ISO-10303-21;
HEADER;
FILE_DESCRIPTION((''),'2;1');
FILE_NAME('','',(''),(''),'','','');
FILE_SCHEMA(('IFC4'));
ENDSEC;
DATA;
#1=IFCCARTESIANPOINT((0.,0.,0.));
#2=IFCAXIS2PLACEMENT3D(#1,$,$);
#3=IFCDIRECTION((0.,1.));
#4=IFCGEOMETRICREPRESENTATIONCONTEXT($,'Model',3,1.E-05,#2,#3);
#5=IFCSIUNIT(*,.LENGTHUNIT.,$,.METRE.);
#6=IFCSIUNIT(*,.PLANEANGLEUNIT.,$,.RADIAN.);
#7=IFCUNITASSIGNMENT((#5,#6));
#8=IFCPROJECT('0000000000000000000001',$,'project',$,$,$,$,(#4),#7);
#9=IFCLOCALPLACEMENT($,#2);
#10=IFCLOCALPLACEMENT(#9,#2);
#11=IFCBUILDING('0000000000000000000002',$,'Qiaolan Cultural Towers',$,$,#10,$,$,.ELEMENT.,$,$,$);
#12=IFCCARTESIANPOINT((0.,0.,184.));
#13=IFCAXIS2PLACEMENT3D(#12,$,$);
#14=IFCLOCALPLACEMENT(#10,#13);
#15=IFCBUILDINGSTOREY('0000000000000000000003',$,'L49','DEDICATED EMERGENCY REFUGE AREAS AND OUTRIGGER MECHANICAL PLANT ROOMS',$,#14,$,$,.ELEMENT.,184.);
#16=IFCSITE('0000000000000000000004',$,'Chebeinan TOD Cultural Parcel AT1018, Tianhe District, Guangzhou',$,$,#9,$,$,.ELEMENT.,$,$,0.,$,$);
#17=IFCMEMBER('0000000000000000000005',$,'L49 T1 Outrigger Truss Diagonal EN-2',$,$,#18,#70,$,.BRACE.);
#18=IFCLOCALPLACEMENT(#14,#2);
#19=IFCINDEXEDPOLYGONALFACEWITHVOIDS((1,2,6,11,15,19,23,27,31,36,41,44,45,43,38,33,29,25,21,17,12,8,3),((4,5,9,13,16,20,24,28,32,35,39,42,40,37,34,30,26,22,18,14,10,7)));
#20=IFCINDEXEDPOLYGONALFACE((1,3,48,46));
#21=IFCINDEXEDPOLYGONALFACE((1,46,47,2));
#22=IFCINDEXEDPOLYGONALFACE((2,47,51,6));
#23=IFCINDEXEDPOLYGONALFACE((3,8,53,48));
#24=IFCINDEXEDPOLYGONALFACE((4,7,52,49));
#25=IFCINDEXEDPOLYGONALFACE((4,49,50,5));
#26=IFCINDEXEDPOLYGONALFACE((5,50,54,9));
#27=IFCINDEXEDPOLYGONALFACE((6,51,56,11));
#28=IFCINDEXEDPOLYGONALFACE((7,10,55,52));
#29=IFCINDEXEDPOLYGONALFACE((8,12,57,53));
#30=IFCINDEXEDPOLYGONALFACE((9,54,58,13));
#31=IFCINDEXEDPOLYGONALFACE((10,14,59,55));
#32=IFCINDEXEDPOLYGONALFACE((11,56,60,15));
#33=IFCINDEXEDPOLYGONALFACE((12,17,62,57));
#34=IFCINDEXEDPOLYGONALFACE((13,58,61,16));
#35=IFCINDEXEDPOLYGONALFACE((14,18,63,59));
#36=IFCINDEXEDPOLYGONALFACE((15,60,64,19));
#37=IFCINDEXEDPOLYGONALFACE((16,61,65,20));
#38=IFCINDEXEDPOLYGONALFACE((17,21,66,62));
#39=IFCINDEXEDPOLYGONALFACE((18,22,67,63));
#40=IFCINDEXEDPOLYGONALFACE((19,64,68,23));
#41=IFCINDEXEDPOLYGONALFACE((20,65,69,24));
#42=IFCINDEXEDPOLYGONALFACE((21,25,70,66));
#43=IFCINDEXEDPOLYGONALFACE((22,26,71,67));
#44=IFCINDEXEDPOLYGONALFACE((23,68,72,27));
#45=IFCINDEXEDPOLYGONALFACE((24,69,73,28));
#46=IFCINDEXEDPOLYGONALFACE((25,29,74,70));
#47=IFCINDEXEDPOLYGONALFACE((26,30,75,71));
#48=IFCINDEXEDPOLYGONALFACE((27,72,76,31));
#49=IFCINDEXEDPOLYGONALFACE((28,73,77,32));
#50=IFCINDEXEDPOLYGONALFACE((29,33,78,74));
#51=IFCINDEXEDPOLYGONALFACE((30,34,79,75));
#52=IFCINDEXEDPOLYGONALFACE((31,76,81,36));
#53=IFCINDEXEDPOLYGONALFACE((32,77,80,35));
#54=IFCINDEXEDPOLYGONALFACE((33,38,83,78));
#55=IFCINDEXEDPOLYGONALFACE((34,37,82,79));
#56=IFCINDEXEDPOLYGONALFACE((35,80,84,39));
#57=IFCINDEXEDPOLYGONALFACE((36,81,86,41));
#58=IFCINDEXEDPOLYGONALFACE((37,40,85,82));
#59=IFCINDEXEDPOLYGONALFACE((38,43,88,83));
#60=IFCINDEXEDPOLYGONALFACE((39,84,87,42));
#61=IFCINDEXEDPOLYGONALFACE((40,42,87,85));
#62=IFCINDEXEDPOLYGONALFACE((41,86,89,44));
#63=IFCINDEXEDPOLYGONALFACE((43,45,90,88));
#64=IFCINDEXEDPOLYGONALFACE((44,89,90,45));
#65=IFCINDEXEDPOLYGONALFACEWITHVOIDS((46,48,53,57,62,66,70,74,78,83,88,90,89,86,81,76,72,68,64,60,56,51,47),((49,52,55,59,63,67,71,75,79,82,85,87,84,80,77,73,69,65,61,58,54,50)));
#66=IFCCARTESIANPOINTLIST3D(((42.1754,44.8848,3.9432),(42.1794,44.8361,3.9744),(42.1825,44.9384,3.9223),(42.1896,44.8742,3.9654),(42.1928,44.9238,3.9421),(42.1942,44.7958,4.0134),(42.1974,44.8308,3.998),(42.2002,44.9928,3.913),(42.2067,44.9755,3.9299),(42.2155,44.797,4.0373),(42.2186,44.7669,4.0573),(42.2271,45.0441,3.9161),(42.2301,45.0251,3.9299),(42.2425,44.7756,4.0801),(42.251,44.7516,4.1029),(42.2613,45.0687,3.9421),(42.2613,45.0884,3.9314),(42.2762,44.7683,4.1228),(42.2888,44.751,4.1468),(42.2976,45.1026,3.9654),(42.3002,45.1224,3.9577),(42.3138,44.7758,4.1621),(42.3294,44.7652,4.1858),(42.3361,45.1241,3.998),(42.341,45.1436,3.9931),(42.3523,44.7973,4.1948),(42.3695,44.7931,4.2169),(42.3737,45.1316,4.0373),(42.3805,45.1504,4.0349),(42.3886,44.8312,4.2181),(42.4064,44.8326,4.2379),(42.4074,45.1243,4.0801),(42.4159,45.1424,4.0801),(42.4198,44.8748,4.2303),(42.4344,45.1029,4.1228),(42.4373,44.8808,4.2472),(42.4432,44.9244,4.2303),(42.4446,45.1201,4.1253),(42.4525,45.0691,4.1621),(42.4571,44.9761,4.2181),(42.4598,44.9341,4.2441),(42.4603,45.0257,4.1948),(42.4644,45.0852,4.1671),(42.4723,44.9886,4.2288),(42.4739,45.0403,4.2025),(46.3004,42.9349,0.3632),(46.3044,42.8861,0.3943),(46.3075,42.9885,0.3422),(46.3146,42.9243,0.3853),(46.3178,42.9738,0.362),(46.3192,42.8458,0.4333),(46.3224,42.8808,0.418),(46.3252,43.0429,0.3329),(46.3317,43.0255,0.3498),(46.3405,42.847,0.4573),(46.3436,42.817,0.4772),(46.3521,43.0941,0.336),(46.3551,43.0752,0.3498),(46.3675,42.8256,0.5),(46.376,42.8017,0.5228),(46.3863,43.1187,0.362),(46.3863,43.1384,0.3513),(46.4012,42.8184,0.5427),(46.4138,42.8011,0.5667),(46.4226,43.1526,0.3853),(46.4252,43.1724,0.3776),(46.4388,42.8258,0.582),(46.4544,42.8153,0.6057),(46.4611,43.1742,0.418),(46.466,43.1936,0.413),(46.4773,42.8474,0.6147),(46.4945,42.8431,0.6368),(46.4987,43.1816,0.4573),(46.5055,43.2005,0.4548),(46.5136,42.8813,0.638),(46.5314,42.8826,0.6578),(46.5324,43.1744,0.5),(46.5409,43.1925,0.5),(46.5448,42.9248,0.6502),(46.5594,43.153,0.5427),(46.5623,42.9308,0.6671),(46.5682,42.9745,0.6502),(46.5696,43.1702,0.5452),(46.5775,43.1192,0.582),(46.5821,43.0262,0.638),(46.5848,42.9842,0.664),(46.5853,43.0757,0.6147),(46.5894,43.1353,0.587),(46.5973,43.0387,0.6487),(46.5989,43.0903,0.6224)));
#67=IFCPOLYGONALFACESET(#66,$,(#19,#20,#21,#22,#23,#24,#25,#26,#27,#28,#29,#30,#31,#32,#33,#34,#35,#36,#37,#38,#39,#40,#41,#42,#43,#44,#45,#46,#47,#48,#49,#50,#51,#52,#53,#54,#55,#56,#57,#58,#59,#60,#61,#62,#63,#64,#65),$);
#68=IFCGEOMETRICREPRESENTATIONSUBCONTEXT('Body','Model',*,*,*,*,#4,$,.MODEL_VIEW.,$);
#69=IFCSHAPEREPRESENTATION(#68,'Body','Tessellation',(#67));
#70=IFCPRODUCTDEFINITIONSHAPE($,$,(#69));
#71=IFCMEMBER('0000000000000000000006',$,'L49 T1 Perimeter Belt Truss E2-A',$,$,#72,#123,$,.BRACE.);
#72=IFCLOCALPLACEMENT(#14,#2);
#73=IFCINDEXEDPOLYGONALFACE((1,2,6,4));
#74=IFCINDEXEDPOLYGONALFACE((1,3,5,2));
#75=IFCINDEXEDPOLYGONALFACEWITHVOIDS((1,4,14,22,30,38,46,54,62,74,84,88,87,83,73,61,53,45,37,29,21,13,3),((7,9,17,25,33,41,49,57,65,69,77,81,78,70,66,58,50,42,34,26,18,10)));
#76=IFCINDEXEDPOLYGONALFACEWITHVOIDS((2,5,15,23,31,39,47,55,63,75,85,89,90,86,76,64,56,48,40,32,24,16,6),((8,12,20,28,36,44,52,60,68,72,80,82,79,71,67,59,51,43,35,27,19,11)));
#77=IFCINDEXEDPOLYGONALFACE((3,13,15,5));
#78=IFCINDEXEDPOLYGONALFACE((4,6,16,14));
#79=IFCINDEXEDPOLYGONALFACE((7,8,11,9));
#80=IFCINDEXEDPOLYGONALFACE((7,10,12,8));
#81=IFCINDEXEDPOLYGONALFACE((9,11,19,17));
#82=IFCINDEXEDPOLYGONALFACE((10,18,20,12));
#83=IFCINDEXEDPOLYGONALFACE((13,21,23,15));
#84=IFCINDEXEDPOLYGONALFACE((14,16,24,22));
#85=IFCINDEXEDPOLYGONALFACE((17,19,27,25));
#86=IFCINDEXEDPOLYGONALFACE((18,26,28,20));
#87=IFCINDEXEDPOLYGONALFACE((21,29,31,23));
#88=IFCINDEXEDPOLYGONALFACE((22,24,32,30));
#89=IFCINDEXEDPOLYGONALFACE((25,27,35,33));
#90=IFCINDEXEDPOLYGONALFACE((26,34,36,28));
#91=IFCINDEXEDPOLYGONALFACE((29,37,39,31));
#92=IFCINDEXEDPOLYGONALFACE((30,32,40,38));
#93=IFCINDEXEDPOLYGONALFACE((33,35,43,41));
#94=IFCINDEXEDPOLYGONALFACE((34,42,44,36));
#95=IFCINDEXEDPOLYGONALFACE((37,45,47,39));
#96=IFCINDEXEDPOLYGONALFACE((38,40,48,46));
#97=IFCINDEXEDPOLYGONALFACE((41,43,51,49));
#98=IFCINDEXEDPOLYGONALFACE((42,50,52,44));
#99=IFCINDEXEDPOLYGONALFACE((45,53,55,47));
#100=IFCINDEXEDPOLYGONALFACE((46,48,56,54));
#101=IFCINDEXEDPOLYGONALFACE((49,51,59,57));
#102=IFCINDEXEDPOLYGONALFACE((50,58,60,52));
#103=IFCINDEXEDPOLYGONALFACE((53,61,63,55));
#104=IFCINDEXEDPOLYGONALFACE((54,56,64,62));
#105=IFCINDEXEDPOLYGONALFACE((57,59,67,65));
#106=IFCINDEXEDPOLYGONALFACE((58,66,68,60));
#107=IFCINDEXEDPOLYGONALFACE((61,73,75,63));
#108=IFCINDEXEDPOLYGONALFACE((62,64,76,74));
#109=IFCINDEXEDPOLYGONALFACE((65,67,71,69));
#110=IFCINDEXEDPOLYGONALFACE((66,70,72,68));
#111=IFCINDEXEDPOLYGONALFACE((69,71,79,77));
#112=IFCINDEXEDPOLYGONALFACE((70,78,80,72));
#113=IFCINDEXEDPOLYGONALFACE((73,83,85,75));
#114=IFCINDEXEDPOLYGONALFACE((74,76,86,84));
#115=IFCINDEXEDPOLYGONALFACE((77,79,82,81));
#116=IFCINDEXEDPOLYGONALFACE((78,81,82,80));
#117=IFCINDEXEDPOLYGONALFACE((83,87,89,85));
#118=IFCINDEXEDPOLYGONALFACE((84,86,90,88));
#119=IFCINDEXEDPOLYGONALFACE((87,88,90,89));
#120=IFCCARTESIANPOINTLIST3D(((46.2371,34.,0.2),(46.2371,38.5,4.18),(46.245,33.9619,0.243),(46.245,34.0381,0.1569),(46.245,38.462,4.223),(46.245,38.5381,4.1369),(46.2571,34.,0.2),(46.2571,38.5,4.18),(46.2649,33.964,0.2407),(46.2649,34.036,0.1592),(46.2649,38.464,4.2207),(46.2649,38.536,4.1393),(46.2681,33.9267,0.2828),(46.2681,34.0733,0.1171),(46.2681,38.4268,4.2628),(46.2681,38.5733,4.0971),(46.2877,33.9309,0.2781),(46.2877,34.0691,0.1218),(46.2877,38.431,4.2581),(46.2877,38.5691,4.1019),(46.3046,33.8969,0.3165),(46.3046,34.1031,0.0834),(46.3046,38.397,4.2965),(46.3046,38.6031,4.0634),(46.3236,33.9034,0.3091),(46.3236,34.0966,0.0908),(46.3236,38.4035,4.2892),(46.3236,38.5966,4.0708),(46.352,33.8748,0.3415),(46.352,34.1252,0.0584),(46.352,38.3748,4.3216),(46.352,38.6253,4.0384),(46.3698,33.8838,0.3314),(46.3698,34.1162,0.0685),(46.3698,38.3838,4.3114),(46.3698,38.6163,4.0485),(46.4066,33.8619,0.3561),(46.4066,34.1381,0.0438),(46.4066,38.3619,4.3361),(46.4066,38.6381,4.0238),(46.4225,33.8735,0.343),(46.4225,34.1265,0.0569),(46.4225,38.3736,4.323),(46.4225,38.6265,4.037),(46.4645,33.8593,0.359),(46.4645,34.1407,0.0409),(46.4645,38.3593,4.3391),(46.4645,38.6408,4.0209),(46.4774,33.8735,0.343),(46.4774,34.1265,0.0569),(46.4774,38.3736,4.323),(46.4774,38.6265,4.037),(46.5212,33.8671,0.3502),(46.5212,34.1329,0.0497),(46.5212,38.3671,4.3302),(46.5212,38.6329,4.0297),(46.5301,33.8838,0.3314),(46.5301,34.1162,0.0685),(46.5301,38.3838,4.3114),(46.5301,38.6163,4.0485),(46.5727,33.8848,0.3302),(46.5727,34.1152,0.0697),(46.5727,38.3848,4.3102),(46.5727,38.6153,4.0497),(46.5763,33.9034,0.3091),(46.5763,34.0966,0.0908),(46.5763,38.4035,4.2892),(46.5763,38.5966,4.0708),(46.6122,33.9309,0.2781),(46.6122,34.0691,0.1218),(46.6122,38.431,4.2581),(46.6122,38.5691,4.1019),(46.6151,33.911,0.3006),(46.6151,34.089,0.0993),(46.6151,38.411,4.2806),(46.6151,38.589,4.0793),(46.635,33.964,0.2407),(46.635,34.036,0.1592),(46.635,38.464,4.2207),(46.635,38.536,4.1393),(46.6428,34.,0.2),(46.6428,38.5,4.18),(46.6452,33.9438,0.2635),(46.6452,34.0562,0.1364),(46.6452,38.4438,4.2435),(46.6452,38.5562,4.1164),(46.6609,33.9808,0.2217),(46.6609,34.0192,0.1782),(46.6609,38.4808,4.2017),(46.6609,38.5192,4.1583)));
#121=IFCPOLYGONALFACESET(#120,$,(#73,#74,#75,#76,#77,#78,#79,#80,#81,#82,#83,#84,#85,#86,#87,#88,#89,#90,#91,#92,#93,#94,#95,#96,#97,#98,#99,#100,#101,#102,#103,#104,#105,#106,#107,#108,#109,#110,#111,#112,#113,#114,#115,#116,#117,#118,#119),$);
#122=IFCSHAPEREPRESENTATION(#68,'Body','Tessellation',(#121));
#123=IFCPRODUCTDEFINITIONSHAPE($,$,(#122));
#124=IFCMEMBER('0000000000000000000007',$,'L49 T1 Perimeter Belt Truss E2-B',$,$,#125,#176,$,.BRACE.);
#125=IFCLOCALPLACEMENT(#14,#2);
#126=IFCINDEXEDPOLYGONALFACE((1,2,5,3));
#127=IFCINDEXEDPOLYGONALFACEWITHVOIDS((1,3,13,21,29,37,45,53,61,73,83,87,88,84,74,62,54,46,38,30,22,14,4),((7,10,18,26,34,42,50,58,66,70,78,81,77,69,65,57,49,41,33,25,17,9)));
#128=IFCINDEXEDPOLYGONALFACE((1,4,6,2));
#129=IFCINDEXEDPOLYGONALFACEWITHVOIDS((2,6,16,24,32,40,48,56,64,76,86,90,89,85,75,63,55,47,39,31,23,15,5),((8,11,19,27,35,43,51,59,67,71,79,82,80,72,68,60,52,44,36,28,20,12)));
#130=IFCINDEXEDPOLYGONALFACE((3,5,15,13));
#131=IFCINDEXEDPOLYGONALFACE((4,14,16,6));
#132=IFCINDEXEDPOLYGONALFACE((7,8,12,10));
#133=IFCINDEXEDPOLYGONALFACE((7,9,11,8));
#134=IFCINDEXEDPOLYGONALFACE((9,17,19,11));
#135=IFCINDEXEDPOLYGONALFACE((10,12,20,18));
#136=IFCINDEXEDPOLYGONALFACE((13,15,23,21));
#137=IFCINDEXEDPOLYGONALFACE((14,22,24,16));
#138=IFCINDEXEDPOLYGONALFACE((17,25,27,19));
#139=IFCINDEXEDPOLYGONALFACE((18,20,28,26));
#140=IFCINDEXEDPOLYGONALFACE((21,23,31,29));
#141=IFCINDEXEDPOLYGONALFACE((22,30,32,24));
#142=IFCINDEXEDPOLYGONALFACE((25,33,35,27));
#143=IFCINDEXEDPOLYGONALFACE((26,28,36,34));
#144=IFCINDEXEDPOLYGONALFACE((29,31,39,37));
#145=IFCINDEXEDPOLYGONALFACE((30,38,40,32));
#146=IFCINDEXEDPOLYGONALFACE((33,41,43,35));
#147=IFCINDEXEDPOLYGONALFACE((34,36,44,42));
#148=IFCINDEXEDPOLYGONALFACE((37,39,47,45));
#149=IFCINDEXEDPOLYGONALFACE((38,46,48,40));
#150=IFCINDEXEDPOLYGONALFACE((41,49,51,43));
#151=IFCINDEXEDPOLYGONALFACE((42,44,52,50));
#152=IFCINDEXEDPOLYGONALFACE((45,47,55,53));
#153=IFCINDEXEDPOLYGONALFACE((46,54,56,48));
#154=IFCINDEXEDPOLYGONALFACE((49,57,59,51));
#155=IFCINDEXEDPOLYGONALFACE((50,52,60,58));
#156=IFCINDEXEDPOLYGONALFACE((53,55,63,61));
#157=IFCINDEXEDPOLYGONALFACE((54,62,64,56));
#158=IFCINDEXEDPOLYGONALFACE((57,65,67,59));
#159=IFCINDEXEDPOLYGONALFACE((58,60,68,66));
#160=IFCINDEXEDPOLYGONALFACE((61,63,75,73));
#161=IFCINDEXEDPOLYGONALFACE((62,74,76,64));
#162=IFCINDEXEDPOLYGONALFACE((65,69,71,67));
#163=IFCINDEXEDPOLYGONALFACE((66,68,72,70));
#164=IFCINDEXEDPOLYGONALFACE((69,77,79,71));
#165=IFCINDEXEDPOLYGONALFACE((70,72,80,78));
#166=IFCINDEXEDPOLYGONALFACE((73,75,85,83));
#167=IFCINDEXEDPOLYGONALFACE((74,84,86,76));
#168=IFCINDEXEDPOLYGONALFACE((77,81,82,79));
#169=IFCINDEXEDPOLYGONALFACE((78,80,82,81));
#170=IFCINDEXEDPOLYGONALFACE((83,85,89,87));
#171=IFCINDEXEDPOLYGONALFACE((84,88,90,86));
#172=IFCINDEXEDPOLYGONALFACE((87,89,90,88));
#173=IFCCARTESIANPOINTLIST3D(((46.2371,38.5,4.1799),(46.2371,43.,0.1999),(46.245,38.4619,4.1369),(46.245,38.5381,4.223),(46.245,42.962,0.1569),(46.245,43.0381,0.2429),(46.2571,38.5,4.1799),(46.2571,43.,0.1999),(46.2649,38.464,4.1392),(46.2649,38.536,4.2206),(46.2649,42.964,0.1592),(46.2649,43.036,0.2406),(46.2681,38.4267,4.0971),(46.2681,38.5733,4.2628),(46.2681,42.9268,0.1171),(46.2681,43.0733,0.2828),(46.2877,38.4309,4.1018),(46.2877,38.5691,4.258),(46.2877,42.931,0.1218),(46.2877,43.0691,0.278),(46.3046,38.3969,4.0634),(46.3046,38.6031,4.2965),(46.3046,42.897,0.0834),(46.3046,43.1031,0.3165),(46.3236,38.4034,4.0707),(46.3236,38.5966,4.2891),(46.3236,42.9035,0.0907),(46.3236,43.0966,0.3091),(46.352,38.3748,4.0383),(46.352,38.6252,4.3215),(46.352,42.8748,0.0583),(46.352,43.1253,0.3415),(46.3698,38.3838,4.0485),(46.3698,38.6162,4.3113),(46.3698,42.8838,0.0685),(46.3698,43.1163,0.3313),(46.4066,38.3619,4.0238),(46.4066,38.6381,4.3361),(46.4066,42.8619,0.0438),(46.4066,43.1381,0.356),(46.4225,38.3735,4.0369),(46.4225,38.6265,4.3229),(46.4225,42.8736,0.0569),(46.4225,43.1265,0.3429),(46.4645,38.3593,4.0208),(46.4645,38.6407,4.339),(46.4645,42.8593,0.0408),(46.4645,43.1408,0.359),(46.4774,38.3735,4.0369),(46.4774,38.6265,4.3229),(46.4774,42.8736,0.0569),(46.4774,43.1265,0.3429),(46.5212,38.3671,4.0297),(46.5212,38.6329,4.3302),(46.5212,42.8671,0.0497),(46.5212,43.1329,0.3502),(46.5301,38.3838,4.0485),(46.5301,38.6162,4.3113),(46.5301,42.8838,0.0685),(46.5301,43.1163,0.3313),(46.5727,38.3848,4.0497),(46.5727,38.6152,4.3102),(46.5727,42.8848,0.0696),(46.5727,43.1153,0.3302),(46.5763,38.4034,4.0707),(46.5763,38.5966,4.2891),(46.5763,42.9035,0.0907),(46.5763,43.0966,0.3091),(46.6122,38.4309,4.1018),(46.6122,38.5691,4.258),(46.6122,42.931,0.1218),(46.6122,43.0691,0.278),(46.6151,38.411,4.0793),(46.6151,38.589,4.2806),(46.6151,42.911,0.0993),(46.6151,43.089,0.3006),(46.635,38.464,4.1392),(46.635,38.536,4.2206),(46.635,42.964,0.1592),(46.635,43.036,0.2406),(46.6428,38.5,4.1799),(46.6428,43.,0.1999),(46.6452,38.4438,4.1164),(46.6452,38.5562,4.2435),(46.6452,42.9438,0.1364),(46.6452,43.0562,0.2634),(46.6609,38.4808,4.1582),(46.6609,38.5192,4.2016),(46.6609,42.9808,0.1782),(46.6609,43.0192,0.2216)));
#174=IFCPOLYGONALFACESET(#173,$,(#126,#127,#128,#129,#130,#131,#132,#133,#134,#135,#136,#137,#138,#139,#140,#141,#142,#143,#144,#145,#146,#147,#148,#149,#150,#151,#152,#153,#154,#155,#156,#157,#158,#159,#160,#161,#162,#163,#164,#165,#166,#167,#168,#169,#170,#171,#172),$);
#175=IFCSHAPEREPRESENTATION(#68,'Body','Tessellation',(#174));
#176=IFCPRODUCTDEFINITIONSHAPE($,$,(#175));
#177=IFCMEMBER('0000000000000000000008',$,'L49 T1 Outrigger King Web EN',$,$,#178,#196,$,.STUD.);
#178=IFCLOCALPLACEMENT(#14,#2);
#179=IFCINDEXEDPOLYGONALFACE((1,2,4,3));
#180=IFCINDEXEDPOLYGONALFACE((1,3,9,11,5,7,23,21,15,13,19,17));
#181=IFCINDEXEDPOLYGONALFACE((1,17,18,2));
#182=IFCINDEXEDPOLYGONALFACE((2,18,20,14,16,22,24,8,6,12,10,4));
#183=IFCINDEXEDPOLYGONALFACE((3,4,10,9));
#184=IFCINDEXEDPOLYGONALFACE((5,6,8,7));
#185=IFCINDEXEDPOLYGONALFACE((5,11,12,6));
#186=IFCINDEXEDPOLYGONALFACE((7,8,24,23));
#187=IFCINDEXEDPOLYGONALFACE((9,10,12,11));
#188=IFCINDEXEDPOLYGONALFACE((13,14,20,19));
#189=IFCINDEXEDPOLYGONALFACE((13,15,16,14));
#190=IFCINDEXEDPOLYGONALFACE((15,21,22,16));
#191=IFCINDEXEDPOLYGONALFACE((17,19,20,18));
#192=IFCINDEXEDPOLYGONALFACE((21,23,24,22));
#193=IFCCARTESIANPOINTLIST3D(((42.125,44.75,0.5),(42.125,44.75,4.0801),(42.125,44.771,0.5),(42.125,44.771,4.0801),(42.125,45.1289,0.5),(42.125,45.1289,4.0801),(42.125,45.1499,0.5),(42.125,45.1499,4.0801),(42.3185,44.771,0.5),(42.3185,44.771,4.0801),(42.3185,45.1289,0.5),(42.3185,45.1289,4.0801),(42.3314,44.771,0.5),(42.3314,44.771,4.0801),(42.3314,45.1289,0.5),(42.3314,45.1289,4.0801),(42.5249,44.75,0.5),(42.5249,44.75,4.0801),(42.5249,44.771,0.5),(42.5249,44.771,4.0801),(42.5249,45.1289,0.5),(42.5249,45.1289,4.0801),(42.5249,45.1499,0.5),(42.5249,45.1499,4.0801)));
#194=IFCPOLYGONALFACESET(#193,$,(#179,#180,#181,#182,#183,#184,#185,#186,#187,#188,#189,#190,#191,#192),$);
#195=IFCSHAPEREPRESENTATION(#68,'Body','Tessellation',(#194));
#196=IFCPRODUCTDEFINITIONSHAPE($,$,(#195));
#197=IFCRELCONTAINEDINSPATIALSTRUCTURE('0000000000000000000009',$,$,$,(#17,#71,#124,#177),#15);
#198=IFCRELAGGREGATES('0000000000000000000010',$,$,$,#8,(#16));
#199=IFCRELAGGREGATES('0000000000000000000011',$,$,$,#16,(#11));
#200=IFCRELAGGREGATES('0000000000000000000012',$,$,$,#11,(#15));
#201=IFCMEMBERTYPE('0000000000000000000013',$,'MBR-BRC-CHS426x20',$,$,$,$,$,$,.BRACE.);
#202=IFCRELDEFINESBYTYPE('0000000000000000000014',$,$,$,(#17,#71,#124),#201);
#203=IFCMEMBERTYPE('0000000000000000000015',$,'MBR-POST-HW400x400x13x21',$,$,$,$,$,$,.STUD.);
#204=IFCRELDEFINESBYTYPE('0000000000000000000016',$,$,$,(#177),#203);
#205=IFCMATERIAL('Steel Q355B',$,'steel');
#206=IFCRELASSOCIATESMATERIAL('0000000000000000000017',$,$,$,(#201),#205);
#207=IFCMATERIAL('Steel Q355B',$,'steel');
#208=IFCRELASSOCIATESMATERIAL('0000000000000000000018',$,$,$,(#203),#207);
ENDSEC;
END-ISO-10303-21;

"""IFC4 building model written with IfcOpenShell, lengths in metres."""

from ifc_helpers import new_model, si_unit, direction, frame, origin, origin_2d, place, context, subcontext, project, spatial, hollow_circle, i_section, extrude, material, material_profile, profile_set, type_object, element, save


model = new_model("IFC4")

# Units and contexts
model_context = context("Model", 3, precision=1e-05, world=origin(), true_north=direction((0.0, 1.0)))
body_context = subcontext(model_context, "Body", "Model", "MODEL_VIEW")
ifc_project = project(units=[si_unit("LENGTHUNIT", "METRE"), si_unit("PLANEANGLEUNIT", "RADIAN")], contexts=[model_context])

# Site, building, storey
site_placement = place(None, origin())
site = spatial("IfcSite", under=ifc_project, at=site_placement, Name="Chebeinan TOD Cultural Parcel AT1018, Tianhe District, Guangzhou", CompositionType="ELEMENT", RefElevation=0.0)
building_placement = place(site_placement, origin())
building = spatial("IfcBuilding", under=site, at=building_placement, Name="Qiaolan Cultural Towers", CompositionType="ELEMENT")
storey_placement = place(building_placement, frame((0.0, 0.0, 184.0)))
storey = spatial("IfcBuildingStorey", under=building, at=storey_placement, Name="L49", Description="DEDICATED EMERGENCY REFUGE AREAS AND OUTRIGGER MECHANICAL PLANT ROOMS", CompositionType="ELEMENT", Elevation=184.0)

# Members
ifc_material_1 = material(Name="Steel Q355B", Category="steel")
ifc_material_profile_1 = material_profile(ifc_material_1, hollow_circle(Radius=0.2129, WallThickness=0.02, at=origin_2d()), Name="CHS426x20")
ifc_profile_set_1 = profile_set([ifc_material_profile_1], Name="Steel Q355B")
member_type_1 = type_object("IfcMemberType", Name="MBR-BRC-CHS426x20", PredefinedType="BRACE", material=ifc_profile_set_1)
member_1_placement = place(storey_placement, frame((42.325, 44.95, 4.0801), z_axis=(0.711261, -0.336224, -0.617302), x_axis=(0.427371, 0.904076, 0.0)))
element("IfcMember", 1, at=member_1_placement, inside=storey, type_object=member_type_1, Name="L49 T1 Outrigger Truss Diagonal EN-2", PredefinedType="BRACE", context=body_context, shape_type="SweptSolid", body=[
    extrude(hollow_circle(Radius=0.2129, WallThickness=0.02, at=origin_2d()), origin(), (0.0, 0.0, 1.0), 5.7996),
])
for number, where, z_axis, x_axis, name in (
    (2, (46.45, 34.0, 0.2), (0.0, 0.749062, 0.6625), (-1.0, 0.0, 0.0), "L49 T1 Perimeter Belt Truss E2-A"),
    (3, (46.45, 38.5, 4.1799), (0.0, 0.749062, -0.6625), (-1.0, 0.0, 0.0), "L49 T1 Perimeter Belt Truss E2-B"),
):
    element("IfcMember", number, at=place(storey_placement, frame(where, z_axis=z_axis, x_axis=x_axis)), inside=storey, type_object=member_type_1, Name=name, PredefinedType="BRACE", context=body_context, shape_type="SweptSolid", body=[
        extrude(hollow_circle(Radius=0.2129, WallThickness=0.02, at=origin_2d()), origin(), (0.0, 0.0, 1.0), 6.0076),
    ])
ifc_material_2 = material(Name="Steel Q355B", Category="steel")
ifc_material_profile_2 = material_profile(ifc_material_2, i_section(OverallWidth=0.3999, OverallDepth=0.3999, WebThickness=0.0129, FlangeThickness=0.021, at=origin_2d()), Name="HW400x400x13x21")
ifc_profile_set_2 = profile_set([ifc_material_profile_2], Name="Steel Q355B")
member_type_2 = type_object("IfcMemberType", Name="MBR-POST-HW400x400x13x21", PredefinedType="STUD", material=ifc_profile_set_2)
member_2_placement = place(storey_placement, frame((42.325, 44.95, 0.5), z_axis=(0.0, 0.0, 1.0), x_axis=(1.0, 0.0, 0.0)))
element("IfcMember", 4, at=member_2_placement, inside=storey, type_object=member_type_2, Name="L49 T1 Outrigger King Web EN", PredefinedType="STUD", context=body_context, shape_type="SweptSolid", body=[
    extrude(i_section(OverallWidth=0.3999, OverallDepth=0.3999, WebThickness=0.0129, FlangeThickness=0.021, at=origin_2d()), origin(), (0.0, 0.0, 1.0), 3.5801),
])

save(model, "model.ifc")
